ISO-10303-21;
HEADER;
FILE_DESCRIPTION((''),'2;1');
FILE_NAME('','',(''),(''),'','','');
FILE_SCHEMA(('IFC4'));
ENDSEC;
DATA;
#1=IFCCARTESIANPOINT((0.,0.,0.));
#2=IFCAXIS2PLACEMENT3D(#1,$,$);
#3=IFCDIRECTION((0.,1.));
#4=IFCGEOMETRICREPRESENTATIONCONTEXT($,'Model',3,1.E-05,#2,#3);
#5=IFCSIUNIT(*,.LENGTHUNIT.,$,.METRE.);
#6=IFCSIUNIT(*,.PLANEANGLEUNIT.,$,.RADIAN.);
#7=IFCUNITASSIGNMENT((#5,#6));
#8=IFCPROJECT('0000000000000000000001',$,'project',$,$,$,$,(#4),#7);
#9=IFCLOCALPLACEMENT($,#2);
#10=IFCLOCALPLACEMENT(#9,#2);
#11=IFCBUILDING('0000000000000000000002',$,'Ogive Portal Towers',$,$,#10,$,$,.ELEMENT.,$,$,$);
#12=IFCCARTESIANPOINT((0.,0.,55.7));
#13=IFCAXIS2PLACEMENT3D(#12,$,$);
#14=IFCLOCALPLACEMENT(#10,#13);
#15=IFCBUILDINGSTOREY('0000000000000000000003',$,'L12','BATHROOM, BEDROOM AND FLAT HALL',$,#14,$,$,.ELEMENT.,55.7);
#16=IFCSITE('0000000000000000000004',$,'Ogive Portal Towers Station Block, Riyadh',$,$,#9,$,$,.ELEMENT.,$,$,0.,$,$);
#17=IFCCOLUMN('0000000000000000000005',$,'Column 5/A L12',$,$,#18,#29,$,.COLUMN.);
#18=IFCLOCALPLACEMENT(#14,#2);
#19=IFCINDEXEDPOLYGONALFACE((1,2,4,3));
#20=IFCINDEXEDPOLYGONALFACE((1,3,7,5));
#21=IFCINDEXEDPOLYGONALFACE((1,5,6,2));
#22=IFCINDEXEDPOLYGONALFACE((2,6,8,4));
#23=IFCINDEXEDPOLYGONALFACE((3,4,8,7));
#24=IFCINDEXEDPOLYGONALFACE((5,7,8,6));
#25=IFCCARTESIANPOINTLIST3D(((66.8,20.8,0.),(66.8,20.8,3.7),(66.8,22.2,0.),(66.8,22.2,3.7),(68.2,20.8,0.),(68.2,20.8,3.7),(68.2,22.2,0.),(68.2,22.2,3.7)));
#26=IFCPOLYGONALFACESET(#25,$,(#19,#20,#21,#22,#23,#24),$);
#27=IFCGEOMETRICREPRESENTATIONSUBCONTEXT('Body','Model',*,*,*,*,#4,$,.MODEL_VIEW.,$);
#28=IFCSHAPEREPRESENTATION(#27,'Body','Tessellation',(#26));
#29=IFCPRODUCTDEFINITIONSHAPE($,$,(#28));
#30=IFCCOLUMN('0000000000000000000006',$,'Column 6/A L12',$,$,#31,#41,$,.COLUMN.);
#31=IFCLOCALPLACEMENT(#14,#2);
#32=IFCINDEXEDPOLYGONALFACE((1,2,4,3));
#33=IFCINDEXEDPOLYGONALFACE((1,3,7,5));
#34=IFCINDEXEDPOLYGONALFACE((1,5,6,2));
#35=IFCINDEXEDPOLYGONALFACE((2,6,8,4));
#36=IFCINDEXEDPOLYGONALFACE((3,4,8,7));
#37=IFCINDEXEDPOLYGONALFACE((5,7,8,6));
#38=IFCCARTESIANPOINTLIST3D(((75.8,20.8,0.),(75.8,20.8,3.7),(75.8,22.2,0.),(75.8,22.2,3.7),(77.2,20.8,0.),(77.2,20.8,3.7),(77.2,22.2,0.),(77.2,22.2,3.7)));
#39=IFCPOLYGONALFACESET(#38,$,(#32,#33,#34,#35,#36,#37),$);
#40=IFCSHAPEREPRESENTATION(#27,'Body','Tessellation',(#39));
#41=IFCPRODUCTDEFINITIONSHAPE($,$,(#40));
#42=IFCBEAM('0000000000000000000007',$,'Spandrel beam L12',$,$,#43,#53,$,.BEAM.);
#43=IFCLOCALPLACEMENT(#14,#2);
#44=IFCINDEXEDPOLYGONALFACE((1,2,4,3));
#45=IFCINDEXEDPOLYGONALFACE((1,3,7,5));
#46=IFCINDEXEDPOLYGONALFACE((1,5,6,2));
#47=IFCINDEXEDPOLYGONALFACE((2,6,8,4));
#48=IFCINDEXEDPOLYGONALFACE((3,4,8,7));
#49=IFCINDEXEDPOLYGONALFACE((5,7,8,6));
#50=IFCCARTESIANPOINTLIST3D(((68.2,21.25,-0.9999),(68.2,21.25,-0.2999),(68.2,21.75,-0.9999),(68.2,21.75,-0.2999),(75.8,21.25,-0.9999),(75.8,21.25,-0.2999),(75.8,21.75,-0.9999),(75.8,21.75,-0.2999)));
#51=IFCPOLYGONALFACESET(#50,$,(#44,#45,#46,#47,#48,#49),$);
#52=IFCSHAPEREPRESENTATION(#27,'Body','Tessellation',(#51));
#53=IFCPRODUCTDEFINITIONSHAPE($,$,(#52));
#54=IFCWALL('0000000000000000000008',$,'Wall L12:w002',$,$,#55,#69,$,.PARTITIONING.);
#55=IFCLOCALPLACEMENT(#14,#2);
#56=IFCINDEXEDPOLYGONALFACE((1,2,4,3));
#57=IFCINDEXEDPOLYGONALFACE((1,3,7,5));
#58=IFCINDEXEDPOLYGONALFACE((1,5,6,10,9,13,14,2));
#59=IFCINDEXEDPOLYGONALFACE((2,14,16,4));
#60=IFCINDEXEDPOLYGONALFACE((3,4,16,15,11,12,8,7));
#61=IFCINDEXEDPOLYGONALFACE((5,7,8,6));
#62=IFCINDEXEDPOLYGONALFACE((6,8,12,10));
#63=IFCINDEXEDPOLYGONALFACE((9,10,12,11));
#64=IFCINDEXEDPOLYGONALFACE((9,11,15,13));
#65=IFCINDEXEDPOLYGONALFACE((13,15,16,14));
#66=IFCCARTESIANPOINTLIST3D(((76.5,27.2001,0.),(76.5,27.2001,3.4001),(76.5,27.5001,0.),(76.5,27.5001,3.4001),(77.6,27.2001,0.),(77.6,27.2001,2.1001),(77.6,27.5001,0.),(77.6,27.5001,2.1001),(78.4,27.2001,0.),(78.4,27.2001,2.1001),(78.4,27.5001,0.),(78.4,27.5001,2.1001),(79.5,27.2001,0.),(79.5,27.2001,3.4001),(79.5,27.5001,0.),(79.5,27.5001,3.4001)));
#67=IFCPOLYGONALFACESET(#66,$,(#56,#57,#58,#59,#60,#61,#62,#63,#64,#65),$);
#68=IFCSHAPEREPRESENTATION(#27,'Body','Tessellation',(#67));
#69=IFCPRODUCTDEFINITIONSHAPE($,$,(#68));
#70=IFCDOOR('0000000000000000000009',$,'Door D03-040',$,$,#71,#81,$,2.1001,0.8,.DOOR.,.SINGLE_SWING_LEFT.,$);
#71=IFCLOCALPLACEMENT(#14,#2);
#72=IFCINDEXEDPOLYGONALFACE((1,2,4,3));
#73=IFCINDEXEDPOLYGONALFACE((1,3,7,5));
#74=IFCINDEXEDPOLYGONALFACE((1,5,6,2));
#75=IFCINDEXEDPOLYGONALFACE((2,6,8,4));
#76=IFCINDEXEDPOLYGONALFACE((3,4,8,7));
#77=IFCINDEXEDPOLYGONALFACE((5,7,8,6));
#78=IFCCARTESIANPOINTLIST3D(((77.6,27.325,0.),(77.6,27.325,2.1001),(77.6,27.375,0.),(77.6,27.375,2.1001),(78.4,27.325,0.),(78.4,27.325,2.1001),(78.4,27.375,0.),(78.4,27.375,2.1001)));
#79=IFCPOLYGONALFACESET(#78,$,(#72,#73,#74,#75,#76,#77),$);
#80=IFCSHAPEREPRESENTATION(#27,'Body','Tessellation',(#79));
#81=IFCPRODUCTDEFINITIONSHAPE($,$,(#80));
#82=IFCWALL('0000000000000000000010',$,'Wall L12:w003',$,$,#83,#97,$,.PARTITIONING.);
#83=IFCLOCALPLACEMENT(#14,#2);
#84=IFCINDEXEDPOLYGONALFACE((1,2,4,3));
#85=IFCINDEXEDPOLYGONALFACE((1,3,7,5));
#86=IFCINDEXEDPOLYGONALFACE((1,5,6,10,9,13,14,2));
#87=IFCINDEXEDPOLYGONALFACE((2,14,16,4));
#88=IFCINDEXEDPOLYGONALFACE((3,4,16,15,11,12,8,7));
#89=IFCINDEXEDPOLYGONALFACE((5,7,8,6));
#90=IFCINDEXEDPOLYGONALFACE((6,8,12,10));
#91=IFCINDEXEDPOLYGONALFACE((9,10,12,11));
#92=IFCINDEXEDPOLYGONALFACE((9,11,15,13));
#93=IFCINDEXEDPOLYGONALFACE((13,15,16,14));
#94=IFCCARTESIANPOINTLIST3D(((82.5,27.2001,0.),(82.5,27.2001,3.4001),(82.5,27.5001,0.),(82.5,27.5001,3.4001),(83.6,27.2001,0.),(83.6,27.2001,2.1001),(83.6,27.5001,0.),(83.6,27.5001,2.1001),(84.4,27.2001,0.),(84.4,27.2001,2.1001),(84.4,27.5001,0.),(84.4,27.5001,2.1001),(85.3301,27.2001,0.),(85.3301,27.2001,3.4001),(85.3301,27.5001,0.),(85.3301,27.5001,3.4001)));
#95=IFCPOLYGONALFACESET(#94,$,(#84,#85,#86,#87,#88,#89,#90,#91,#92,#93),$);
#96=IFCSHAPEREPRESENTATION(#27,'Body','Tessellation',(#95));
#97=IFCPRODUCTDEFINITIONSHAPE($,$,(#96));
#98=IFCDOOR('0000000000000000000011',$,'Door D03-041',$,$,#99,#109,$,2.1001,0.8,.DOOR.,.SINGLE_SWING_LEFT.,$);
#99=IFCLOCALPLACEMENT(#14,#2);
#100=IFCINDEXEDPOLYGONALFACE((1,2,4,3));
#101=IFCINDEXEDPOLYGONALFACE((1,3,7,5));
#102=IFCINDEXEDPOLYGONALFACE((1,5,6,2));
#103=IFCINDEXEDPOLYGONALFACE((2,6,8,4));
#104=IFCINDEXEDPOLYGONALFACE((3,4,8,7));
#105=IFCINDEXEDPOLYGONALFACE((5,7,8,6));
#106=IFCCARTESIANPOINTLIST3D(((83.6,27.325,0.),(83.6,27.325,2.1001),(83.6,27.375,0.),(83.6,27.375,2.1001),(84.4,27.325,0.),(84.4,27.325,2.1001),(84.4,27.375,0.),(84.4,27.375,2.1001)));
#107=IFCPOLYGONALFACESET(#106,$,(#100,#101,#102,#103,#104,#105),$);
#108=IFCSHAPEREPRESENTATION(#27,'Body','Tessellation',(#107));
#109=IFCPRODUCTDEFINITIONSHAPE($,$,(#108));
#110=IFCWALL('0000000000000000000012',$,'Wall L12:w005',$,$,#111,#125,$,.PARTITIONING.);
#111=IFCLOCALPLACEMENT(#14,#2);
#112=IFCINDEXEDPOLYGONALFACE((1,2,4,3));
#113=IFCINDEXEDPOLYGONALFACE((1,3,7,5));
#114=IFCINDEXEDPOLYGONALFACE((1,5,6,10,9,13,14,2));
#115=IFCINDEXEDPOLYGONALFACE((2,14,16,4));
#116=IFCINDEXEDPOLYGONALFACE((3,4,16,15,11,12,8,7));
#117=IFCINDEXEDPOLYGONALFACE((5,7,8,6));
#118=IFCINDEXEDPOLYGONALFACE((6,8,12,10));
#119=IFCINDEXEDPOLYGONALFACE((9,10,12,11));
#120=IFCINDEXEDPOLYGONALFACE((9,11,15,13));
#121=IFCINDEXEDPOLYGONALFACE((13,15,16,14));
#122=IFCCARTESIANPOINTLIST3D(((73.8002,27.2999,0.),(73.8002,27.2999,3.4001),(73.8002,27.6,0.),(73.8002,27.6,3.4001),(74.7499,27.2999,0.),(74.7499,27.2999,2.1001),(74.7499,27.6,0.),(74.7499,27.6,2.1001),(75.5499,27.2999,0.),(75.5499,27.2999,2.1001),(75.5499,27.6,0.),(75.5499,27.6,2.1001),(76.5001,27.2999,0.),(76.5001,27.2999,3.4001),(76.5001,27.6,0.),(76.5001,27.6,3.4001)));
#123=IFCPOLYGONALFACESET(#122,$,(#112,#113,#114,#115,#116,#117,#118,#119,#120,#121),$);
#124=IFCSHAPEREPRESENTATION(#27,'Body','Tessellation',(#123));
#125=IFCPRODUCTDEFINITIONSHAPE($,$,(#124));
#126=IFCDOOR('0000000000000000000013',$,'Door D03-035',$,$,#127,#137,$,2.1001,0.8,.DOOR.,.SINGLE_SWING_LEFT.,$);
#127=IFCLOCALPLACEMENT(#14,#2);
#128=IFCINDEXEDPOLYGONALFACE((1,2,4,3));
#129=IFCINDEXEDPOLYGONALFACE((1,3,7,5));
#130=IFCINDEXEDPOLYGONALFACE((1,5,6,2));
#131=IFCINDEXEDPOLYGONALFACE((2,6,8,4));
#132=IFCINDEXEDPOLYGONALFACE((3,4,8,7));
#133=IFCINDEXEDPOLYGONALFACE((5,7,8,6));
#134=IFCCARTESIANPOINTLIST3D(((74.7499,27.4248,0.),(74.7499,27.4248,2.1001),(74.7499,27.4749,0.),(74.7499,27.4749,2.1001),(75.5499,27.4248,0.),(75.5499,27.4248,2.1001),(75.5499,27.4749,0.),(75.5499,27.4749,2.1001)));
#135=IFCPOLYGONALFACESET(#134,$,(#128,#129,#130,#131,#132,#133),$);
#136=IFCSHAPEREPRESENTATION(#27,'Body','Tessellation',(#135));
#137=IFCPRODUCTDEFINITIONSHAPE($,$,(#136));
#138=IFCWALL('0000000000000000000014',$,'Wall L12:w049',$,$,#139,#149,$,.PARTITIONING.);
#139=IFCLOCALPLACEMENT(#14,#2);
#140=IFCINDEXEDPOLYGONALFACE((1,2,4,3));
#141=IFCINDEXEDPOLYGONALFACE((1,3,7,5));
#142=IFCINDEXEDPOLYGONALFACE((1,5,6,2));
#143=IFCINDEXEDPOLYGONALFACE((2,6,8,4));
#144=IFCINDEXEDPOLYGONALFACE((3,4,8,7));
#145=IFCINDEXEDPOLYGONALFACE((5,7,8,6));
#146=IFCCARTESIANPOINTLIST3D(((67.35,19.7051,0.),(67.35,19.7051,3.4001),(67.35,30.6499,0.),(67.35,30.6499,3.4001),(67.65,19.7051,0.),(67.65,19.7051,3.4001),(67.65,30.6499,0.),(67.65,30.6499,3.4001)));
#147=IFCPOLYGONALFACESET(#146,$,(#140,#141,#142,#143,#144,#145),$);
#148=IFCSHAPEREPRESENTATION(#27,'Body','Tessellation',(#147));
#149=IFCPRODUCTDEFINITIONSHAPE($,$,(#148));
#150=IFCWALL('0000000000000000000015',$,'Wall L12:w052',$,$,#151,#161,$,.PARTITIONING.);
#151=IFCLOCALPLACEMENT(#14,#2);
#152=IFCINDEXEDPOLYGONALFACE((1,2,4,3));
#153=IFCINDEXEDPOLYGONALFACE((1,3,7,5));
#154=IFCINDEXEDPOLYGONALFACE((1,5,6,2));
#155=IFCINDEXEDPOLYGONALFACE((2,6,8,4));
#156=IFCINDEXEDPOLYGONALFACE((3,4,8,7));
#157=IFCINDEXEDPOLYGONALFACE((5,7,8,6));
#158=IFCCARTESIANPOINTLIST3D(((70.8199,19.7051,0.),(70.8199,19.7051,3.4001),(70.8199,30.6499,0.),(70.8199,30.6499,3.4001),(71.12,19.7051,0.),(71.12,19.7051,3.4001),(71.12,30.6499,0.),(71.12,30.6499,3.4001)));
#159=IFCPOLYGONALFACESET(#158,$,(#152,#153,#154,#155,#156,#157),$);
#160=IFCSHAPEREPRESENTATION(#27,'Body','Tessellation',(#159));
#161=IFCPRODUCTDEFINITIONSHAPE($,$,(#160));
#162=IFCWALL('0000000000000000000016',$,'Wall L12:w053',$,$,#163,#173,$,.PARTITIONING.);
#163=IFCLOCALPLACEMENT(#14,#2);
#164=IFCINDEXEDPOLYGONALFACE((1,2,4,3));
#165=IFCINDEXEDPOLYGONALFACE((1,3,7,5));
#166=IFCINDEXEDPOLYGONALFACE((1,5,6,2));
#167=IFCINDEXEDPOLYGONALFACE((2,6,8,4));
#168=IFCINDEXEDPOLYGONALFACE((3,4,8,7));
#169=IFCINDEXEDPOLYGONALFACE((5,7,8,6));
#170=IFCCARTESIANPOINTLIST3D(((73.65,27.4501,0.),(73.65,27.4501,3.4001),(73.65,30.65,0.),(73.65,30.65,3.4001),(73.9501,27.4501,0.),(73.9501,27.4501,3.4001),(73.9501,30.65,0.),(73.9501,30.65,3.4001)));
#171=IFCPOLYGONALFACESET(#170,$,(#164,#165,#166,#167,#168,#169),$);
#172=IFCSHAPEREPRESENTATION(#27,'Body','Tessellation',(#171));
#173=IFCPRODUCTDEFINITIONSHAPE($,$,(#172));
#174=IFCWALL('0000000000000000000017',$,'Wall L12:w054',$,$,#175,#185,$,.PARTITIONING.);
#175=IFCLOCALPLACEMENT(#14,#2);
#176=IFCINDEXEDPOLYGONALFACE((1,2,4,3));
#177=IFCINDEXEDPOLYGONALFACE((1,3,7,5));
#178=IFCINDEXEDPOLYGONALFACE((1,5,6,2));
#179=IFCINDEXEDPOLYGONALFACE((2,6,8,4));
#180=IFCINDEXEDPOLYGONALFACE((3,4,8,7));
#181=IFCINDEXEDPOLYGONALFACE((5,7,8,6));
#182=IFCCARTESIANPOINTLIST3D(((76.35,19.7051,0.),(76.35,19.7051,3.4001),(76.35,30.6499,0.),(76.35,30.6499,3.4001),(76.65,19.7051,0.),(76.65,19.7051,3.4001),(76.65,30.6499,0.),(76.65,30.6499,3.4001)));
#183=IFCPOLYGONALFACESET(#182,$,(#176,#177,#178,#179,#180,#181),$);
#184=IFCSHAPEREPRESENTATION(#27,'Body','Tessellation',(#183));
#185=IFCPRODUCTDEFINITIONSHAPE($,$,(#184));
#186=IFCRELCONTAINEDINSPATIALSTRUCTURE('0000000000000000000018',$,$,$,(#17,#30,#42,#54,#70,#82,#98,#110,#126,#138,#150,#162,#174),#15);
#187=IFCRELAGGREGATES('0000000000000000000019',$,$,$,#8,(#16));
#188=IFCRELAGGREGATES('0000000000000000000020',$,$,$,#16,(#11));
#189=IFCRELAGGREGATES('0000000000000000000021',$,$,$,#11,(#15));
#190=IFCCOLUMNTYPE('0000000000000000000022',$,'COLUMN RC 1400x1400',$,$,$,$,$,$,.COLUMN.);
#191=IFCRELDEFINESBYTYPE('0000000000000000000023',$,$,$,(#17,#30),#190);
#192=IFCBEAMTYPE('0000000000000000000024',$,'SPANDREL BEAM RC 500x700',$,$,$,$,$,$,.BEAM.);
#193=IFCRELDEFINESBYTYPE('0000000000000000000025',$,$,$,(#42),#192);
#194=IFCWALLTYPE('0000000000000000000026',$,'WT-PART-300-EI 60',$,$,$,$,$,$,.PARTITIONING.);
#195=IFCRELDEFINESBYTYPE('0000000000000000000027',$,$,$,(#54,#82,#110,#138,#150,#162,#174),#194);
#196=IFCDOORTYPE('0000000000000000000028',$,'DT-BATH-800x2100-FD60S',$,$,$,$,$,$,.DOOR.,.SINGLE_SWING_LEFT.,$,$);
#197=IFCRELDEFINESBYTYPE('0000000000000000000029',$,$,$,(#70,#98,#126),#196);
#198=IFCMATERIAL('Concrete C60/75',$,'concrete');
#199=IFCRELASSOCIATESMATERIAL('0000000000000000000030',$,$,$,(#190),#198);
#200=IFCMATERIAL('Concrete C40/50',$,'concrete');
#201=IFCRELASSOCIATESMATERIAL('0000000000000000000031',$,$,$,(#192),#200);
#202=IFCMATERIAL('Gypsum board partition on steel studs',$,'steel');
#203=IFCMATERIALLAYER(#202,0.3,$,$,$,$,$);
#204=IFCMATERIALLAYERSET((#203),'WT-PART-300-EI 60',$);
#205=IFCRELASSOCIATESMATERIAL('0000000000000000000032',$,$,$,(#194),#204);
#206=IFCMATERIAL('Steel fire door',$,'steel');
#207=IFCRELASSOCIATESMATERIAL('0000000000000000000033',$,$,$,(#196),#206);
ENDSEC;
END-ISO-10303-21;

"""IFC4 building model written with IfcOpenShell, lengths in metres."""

from ifc_helpers import new_model, si_unit, direction, frame, frame_2d, origin, origin_2d, place, context, subcontext, project, spatial, rectangle, extrude, material, layer, layer_set, material_profile, profile_set, type_object, element, fill, save


model = new_model("IFC4")

# Units and contexts
model_context = context("Model", 3, precision=1e-05, world=origin(), true_north=direction((0.0, 1.0)))
body_context = subcontext(model_context, "Body", "Model", "MODEL_VIEW")
ifc_project = project(units=[si_unit("LENGTHUNIT", "METRE"), si_unit("PLANEANGLEUNIT", "RADIAN")], contexts=[model_context])

# Site, building, storey
site_placement = place(None, origin())
site = spatial("IfcSite", under=ifc_project, at=site_placement, Name="Ogive Portal Towers Station Block, Riyadh", CompositionType="ELEMENT", RefElevation=0.0)
building_placement = place(site_placement, origin())
building = spatial("IfcBuilding", under=site, at=building_placement, Name="Ogive Portal Towers", CompositionType="ELEMENT")
storey_placement = place(building_placement, frame((0.0, 0.0, 55.7)))
storey = spatial("IfcBuildingStorey", under=building, at=storey_placement, Name="L12", Description="BATHROOM, BEDROOM AND FLAT HALL", CompositionType="ELEMENT", Elevation=55.7)

# Columns
ifc_material_1 = material(Name="Concrete C60/75", Category="concrete")
ifc_material_profile_1 = material_profile(ifc_material_1, rectangle(XDim=1.3999, YDim=1.3999, at=origin_2d()), Name="RC 1400x1400")
ifc_profile_set_1 = profile_set([ifc_material_profile_1], Name="Concrete C60/75")
column_type = type_object("IfcColumnType", Name="COLUMN RC 1400x1400", PredefinedType="COLUMN", material=ifc_profile_set_1)
for number, where, z_axis, x_axis, name in (
    (1, (67.5, 21.5, 0.0), (0.0, 0.0, 1.0), (1.0, 0.0, 0.0), "Column 5/A L12"),
    (2, (76.5, 21.5, 0.0), (0.0, 0.0, 1.0), (1.0, 0.0, 0.0), "Column 6/A L12"),
):
    element("IfcColumn", number, at=place(storey_placement, frame(where, z_axis=z_axis, x_axis=x_axis)), inside=storey, type_object=column_type, Name=name, PredefinedType="COLUMN", context=body_context, shape_type="SweptSolid", body=[
        extrude(rectangle(XDim=1.3999, YDim=1.3999, at=origin_2d()), origin(), (0.0, 0.0, 1.0), 3.7),
    ])

# Beam
ifc_material_2 = material(Name="Concrete C40/50", Category="concrete")
ifc_material_profile_2 = material_profile(ifc_material_2, rectangle(XDim=0.5, YDim=0.7, at=origin_2d()), Name="RC 500x700")
ifc_profile_set_2 = profile_set([ifc_material_profile_2], Name="Concrete C40/50")
beam_type = type_object("IfcBeamType", Name="SPANDREL BEAM RC 500x700", PredefinedType="BEAM", material=ifc_profile_set_2)
beam_placement = place(storey_placement, frame((75.8, 21.5, -0.6499), z_axis=(-1.0, 0.0, 0.0), x_axis=(0.0, -1.0, 0.0)))
element("IfcBeam", 3, at=beam_placement, inside=storey, type_object=beam_type, Name="Spandrel beam L12", PredefinedType="BEAM", context=body_context, shape_type="SweptSolid", body=[
    extrude(rectangle(XDim=0.5, YDim=0.7, at=origin_2d()), origin(), (0.0, 0.0, 1.0), 7.6001),
])

# Walls, openings, doors
ifc_material_3 = material(Name="Gypsum board partition on steel studs", Category="steel")
ifc_layer_1 = layer(ifc_material_3, 0.3)
ifc_layer_set_1 = layer_set([ifc_layer_1], Name="WT-PART-300-EI 60")
wall_type = type_object("IfcWallType", Name="WT-PART-300-EI 60", PredefinedType="PARTITIONING", material=ifc_layer_set_1)
wall_1_placement = place(storey_placement, frame((76.5, 27.3501, 0.0), z_axis=(0.0, 0.0, 1.0), x_axis=(1.0, 0.0, 0.0)))
wall_1 = element("IfcWall", 4, at=wall_1_placement, inside=storey, type_object=wall_type, Name="Wall L12:w002", PredefinedType="PARTITIONING", context=body_context, shape_type="SweptSolid", body=[
    extrude(rectangle(XDim=3.0, YDim=0.3, at=frame_2d((1.5, 0.0))), origin(), (0.0, 0.0, 1.0), 3.4001),
])
opening_1_placement = place(wall_1_placement, frame((1.1001, 0.0, 0.0)))
opening_1 = element("IfcOpeningElement", 5, at=opening_1_placement, cuts=wall_1, PredefinedType="OPENING", context=body_context, shape_type="SweptSolid", body=[
    extrude(rectangle(XDim=0.8, YDim=2.1001, at=frame_2d((0.3999, 1.05))), frame((0.0, 0.1602, 0.0), z_axis=(0.0, -1.0, 0.0), x_axis=(1.0, 0.0, 0.0)), (0.0, 0.0, 1.0), 0.3201),
])
ifc_material_4 = material(Name="Steel fire door", Category="steel")
door_type = type_object("IfcDoorType", Name="DT-BATH-800x2100-FD60S", OperationType="SINGLE_SWING_LEFT", PredefinedType="DOOR", material=ifc_material_4)
door_1_placement = place(opening_1_placement, origin())
door_1 = element("IfcDoor", 6, at=door_1_placement, inside=storey, type_object=door_type, Name="Door D03-040", OperationType="SINGLE_SWING_LEFT", OverallHeight=2.1001, OverallWidth=0.8, PredefinedType="DOOR", context=body_context, shape_type="SweptSolid", body=[
    extrude(rectangle(XDim=0.8, YDim=2.1001, at=frame_2d((0.3999, 1.05))), frame((0.0, 0.0249, 0.0), z_axis=(0.0, -1.0, 0.0), x_axis=(1.0, 0.0, 0.0)), (0.0, 0.0, 1.0), 0.05),
])
fill(opening_1, door_1)
wall_2_placement = place(storey_placement, frame((82.5, 27.3501, 0.0), z_axis=(0.0, 0.0, 1.0), x_axis=(1.0, 0.0, 0.0)))
wall_2 = element("IfcWall", 7, at=wall_2_placement, inside=storey, type_object=wall_type, Name="Wall L12:w003", PredefinedType="PARTITIONING", context=body_context, shape_type="SweptSolid", body=[
    extrude(rectangle(XDim=2.8301, YDim=0.3, at=frame_2d((1.415, 0.0))), origin(), (0.0, 0.0, 1.0), 3.4001),
])
opening_2_placement = place(wall_2_placement, frame((1.1001, 0.0, 0.0)))
opening_2 = element("IfcOpeningElement", 8, at=opening_2_placement, cuts=wall_2, PredefinedType="OPENING", context=body_context, shape_type="SweptSolid", body=[
    extrude(rectangle(XDim=0.8, YDim=2.1001, at=frame_2d((0.3999, 1.05))), frame((0.0, 0.1602, 0.0), z_axis=(0.0, -1.0, 0.0), x_axis=(1.0, 0.0, 0.0)), (0.0, 0.0, 1.0), 0.3201),
])
door_2_placement = place(opening_2_placement, origin())
door_2 = element("IfcDoor", 9, at=door_2_placement, inside=storey, type_object=door_type, Name="Door D03-041", OperationType="SINGLE_SWING_LEFT", OverallHeight=2.1001, OverallWidth=0.8, PredefinedType="DOOR", context=body_context, shape_type="SweptSolid", body=[
    extrude(rectangle(XDim=0.8, YDim=2.1001, at=frame_2d((0.3999, 1.05))), frame((0.0, 0.0249, 0.0), z_axis=(0.0, -1.0, 0.0), x_axis=(1.0, 0.0, 0.0)), (0.0, 0.0, 1.0), 0.05),
])
fill(opening_2, door_2)
wall_3_placement = place(storey_placement, frame((73.8, 27.45, 0.0), z_axis=(0.0, 0.0, 1.0), x_axis=(1.0, 0.0, 0.0)))
wall_3 = element("IfcWall", 10, at=wall_3_placement, inside=storey, type_object=wall_type, Name="Wall L12:w005", PredefinedType="PARTITIONING", context=body_context, shape_type="SweptSolid", body=[
    extrude(rectangle(XDim=2.7, YDim=0.3, at=frame_2d((1.3501, 0.0))), origin(), (0.0, 0.0, 1.0), 3.4001),
])
opening_3_placement = place(wall_3_placement, frame((0.95, 0.0, 0.0)))
opening_3 = element("IfcOpeningElement", 11, at=opening_3_placement, cuts=wall_3, PredefinedType="OPENING", context=body_context, shape_type="SweptSolid", body=[
    extrude(rectangle(XDim=0.8, YDim=2.1001, at=frame_2d((0.3999, 1.05))), frame((0.0, 0.1602, 0.0), z_axis=(0.0, -1.0, 0.0), x_axis=(1.0, 0.0, 0.0)), (0.0, 0.0, 1.0), 0.3201),
])
door_3_placement = place(opening_3_placement, origin())
door_3 = element("IfcDoor", 12, at=door_3_placement, inside=storey, type_object=door_type, Name="Door D03-035", OperationType="SINGLE_SWING_LEFT", OverallHeight=2.1001, OverallWidth=0.8, PredefinedType="DOOR", context=body_context, shape_type="SweptSolid", body=[
    extrude(rectangle(XDim=0.8, YDim=2.1001, at=frame_2d((0.3999, 1.05))), frame((0.0, 0.0249, 0.0), z_axis=(0.0, -1.0, 0.0), x_axis=(1.0, 0.0, 0.0)), (0.0, 0.0, 1.0), 0.05),
])
fill(opening_3, door_3)

# Walls
for number, where, z_axis, x_axis, name in (
    (13, (67.5, 19.7051, 0.0), (0.0, 0.0, 1.0), (0.0, 1.0, 0.0), "Wall L12:w049"),
    (14, (70.97, 19.7051, 0.0), (0.0, 0.0, 1.0), (0.0, 1.0, 0.0), "Wall L12:w052"),
):
    element("IfcWall", number, at=place(storey_placement, frame(where, z_axis=z_axis, x_axis=x_axis)), inside=storey, type_object=wall_type, Name=name, PredefinedType="PARTITIONING", context=body_context, shape_type="SweptSolid", body=[
        extrude(rectangle(XDim=10.9448, YDim=0.3, at=frame_2d((5.4724, 0.0))), origin(), (0.0, 0.0, 1.0), 3.4001),
    ])
wall_4_placement = place(storey_placement, frame((73.8, 27.45, 0.0), z_axis=(0.0, 0.0, 1.0), x_axis=(0.0, 1.0, 0.0)))
element("IfcWall", 15, at=wall_4_placement, inside=storey, type_object=wall_type, Name="Wall L12:w053", PredefinedType="PARTITIONING", context=body_context, shape_type="SweptSolid", body=[
    extrude(rectangle(XDim=3.2, YDim=0.3, at=frame_2d((1.6001, 0.0))), origin(), (0.0, 0.0, 1.0), 3.4001),
])
wall_5_placement = place(storey_placement, frame((76.5, 19.7051, 0.0), z_axis=(0.0, 0.0, 1.0), x_axis=(0.0, 1.0, 0.0)))
element("IfcWall", 16, at=wall_5_placement, inside=storey, type_object=wall_type, Name="Wall L12:w054", PredefinedType="PARTITIONING", context=body_context, shape_type="SweptSolid", body=[
    extrude(rectangle(XDim=10.9448, YDim=0.3, at=frame_2d((5.4724, 0.0))), origin(), (0.0, 0.0, 1.0), 3.4001),
])

save(model, "model.ifc")
